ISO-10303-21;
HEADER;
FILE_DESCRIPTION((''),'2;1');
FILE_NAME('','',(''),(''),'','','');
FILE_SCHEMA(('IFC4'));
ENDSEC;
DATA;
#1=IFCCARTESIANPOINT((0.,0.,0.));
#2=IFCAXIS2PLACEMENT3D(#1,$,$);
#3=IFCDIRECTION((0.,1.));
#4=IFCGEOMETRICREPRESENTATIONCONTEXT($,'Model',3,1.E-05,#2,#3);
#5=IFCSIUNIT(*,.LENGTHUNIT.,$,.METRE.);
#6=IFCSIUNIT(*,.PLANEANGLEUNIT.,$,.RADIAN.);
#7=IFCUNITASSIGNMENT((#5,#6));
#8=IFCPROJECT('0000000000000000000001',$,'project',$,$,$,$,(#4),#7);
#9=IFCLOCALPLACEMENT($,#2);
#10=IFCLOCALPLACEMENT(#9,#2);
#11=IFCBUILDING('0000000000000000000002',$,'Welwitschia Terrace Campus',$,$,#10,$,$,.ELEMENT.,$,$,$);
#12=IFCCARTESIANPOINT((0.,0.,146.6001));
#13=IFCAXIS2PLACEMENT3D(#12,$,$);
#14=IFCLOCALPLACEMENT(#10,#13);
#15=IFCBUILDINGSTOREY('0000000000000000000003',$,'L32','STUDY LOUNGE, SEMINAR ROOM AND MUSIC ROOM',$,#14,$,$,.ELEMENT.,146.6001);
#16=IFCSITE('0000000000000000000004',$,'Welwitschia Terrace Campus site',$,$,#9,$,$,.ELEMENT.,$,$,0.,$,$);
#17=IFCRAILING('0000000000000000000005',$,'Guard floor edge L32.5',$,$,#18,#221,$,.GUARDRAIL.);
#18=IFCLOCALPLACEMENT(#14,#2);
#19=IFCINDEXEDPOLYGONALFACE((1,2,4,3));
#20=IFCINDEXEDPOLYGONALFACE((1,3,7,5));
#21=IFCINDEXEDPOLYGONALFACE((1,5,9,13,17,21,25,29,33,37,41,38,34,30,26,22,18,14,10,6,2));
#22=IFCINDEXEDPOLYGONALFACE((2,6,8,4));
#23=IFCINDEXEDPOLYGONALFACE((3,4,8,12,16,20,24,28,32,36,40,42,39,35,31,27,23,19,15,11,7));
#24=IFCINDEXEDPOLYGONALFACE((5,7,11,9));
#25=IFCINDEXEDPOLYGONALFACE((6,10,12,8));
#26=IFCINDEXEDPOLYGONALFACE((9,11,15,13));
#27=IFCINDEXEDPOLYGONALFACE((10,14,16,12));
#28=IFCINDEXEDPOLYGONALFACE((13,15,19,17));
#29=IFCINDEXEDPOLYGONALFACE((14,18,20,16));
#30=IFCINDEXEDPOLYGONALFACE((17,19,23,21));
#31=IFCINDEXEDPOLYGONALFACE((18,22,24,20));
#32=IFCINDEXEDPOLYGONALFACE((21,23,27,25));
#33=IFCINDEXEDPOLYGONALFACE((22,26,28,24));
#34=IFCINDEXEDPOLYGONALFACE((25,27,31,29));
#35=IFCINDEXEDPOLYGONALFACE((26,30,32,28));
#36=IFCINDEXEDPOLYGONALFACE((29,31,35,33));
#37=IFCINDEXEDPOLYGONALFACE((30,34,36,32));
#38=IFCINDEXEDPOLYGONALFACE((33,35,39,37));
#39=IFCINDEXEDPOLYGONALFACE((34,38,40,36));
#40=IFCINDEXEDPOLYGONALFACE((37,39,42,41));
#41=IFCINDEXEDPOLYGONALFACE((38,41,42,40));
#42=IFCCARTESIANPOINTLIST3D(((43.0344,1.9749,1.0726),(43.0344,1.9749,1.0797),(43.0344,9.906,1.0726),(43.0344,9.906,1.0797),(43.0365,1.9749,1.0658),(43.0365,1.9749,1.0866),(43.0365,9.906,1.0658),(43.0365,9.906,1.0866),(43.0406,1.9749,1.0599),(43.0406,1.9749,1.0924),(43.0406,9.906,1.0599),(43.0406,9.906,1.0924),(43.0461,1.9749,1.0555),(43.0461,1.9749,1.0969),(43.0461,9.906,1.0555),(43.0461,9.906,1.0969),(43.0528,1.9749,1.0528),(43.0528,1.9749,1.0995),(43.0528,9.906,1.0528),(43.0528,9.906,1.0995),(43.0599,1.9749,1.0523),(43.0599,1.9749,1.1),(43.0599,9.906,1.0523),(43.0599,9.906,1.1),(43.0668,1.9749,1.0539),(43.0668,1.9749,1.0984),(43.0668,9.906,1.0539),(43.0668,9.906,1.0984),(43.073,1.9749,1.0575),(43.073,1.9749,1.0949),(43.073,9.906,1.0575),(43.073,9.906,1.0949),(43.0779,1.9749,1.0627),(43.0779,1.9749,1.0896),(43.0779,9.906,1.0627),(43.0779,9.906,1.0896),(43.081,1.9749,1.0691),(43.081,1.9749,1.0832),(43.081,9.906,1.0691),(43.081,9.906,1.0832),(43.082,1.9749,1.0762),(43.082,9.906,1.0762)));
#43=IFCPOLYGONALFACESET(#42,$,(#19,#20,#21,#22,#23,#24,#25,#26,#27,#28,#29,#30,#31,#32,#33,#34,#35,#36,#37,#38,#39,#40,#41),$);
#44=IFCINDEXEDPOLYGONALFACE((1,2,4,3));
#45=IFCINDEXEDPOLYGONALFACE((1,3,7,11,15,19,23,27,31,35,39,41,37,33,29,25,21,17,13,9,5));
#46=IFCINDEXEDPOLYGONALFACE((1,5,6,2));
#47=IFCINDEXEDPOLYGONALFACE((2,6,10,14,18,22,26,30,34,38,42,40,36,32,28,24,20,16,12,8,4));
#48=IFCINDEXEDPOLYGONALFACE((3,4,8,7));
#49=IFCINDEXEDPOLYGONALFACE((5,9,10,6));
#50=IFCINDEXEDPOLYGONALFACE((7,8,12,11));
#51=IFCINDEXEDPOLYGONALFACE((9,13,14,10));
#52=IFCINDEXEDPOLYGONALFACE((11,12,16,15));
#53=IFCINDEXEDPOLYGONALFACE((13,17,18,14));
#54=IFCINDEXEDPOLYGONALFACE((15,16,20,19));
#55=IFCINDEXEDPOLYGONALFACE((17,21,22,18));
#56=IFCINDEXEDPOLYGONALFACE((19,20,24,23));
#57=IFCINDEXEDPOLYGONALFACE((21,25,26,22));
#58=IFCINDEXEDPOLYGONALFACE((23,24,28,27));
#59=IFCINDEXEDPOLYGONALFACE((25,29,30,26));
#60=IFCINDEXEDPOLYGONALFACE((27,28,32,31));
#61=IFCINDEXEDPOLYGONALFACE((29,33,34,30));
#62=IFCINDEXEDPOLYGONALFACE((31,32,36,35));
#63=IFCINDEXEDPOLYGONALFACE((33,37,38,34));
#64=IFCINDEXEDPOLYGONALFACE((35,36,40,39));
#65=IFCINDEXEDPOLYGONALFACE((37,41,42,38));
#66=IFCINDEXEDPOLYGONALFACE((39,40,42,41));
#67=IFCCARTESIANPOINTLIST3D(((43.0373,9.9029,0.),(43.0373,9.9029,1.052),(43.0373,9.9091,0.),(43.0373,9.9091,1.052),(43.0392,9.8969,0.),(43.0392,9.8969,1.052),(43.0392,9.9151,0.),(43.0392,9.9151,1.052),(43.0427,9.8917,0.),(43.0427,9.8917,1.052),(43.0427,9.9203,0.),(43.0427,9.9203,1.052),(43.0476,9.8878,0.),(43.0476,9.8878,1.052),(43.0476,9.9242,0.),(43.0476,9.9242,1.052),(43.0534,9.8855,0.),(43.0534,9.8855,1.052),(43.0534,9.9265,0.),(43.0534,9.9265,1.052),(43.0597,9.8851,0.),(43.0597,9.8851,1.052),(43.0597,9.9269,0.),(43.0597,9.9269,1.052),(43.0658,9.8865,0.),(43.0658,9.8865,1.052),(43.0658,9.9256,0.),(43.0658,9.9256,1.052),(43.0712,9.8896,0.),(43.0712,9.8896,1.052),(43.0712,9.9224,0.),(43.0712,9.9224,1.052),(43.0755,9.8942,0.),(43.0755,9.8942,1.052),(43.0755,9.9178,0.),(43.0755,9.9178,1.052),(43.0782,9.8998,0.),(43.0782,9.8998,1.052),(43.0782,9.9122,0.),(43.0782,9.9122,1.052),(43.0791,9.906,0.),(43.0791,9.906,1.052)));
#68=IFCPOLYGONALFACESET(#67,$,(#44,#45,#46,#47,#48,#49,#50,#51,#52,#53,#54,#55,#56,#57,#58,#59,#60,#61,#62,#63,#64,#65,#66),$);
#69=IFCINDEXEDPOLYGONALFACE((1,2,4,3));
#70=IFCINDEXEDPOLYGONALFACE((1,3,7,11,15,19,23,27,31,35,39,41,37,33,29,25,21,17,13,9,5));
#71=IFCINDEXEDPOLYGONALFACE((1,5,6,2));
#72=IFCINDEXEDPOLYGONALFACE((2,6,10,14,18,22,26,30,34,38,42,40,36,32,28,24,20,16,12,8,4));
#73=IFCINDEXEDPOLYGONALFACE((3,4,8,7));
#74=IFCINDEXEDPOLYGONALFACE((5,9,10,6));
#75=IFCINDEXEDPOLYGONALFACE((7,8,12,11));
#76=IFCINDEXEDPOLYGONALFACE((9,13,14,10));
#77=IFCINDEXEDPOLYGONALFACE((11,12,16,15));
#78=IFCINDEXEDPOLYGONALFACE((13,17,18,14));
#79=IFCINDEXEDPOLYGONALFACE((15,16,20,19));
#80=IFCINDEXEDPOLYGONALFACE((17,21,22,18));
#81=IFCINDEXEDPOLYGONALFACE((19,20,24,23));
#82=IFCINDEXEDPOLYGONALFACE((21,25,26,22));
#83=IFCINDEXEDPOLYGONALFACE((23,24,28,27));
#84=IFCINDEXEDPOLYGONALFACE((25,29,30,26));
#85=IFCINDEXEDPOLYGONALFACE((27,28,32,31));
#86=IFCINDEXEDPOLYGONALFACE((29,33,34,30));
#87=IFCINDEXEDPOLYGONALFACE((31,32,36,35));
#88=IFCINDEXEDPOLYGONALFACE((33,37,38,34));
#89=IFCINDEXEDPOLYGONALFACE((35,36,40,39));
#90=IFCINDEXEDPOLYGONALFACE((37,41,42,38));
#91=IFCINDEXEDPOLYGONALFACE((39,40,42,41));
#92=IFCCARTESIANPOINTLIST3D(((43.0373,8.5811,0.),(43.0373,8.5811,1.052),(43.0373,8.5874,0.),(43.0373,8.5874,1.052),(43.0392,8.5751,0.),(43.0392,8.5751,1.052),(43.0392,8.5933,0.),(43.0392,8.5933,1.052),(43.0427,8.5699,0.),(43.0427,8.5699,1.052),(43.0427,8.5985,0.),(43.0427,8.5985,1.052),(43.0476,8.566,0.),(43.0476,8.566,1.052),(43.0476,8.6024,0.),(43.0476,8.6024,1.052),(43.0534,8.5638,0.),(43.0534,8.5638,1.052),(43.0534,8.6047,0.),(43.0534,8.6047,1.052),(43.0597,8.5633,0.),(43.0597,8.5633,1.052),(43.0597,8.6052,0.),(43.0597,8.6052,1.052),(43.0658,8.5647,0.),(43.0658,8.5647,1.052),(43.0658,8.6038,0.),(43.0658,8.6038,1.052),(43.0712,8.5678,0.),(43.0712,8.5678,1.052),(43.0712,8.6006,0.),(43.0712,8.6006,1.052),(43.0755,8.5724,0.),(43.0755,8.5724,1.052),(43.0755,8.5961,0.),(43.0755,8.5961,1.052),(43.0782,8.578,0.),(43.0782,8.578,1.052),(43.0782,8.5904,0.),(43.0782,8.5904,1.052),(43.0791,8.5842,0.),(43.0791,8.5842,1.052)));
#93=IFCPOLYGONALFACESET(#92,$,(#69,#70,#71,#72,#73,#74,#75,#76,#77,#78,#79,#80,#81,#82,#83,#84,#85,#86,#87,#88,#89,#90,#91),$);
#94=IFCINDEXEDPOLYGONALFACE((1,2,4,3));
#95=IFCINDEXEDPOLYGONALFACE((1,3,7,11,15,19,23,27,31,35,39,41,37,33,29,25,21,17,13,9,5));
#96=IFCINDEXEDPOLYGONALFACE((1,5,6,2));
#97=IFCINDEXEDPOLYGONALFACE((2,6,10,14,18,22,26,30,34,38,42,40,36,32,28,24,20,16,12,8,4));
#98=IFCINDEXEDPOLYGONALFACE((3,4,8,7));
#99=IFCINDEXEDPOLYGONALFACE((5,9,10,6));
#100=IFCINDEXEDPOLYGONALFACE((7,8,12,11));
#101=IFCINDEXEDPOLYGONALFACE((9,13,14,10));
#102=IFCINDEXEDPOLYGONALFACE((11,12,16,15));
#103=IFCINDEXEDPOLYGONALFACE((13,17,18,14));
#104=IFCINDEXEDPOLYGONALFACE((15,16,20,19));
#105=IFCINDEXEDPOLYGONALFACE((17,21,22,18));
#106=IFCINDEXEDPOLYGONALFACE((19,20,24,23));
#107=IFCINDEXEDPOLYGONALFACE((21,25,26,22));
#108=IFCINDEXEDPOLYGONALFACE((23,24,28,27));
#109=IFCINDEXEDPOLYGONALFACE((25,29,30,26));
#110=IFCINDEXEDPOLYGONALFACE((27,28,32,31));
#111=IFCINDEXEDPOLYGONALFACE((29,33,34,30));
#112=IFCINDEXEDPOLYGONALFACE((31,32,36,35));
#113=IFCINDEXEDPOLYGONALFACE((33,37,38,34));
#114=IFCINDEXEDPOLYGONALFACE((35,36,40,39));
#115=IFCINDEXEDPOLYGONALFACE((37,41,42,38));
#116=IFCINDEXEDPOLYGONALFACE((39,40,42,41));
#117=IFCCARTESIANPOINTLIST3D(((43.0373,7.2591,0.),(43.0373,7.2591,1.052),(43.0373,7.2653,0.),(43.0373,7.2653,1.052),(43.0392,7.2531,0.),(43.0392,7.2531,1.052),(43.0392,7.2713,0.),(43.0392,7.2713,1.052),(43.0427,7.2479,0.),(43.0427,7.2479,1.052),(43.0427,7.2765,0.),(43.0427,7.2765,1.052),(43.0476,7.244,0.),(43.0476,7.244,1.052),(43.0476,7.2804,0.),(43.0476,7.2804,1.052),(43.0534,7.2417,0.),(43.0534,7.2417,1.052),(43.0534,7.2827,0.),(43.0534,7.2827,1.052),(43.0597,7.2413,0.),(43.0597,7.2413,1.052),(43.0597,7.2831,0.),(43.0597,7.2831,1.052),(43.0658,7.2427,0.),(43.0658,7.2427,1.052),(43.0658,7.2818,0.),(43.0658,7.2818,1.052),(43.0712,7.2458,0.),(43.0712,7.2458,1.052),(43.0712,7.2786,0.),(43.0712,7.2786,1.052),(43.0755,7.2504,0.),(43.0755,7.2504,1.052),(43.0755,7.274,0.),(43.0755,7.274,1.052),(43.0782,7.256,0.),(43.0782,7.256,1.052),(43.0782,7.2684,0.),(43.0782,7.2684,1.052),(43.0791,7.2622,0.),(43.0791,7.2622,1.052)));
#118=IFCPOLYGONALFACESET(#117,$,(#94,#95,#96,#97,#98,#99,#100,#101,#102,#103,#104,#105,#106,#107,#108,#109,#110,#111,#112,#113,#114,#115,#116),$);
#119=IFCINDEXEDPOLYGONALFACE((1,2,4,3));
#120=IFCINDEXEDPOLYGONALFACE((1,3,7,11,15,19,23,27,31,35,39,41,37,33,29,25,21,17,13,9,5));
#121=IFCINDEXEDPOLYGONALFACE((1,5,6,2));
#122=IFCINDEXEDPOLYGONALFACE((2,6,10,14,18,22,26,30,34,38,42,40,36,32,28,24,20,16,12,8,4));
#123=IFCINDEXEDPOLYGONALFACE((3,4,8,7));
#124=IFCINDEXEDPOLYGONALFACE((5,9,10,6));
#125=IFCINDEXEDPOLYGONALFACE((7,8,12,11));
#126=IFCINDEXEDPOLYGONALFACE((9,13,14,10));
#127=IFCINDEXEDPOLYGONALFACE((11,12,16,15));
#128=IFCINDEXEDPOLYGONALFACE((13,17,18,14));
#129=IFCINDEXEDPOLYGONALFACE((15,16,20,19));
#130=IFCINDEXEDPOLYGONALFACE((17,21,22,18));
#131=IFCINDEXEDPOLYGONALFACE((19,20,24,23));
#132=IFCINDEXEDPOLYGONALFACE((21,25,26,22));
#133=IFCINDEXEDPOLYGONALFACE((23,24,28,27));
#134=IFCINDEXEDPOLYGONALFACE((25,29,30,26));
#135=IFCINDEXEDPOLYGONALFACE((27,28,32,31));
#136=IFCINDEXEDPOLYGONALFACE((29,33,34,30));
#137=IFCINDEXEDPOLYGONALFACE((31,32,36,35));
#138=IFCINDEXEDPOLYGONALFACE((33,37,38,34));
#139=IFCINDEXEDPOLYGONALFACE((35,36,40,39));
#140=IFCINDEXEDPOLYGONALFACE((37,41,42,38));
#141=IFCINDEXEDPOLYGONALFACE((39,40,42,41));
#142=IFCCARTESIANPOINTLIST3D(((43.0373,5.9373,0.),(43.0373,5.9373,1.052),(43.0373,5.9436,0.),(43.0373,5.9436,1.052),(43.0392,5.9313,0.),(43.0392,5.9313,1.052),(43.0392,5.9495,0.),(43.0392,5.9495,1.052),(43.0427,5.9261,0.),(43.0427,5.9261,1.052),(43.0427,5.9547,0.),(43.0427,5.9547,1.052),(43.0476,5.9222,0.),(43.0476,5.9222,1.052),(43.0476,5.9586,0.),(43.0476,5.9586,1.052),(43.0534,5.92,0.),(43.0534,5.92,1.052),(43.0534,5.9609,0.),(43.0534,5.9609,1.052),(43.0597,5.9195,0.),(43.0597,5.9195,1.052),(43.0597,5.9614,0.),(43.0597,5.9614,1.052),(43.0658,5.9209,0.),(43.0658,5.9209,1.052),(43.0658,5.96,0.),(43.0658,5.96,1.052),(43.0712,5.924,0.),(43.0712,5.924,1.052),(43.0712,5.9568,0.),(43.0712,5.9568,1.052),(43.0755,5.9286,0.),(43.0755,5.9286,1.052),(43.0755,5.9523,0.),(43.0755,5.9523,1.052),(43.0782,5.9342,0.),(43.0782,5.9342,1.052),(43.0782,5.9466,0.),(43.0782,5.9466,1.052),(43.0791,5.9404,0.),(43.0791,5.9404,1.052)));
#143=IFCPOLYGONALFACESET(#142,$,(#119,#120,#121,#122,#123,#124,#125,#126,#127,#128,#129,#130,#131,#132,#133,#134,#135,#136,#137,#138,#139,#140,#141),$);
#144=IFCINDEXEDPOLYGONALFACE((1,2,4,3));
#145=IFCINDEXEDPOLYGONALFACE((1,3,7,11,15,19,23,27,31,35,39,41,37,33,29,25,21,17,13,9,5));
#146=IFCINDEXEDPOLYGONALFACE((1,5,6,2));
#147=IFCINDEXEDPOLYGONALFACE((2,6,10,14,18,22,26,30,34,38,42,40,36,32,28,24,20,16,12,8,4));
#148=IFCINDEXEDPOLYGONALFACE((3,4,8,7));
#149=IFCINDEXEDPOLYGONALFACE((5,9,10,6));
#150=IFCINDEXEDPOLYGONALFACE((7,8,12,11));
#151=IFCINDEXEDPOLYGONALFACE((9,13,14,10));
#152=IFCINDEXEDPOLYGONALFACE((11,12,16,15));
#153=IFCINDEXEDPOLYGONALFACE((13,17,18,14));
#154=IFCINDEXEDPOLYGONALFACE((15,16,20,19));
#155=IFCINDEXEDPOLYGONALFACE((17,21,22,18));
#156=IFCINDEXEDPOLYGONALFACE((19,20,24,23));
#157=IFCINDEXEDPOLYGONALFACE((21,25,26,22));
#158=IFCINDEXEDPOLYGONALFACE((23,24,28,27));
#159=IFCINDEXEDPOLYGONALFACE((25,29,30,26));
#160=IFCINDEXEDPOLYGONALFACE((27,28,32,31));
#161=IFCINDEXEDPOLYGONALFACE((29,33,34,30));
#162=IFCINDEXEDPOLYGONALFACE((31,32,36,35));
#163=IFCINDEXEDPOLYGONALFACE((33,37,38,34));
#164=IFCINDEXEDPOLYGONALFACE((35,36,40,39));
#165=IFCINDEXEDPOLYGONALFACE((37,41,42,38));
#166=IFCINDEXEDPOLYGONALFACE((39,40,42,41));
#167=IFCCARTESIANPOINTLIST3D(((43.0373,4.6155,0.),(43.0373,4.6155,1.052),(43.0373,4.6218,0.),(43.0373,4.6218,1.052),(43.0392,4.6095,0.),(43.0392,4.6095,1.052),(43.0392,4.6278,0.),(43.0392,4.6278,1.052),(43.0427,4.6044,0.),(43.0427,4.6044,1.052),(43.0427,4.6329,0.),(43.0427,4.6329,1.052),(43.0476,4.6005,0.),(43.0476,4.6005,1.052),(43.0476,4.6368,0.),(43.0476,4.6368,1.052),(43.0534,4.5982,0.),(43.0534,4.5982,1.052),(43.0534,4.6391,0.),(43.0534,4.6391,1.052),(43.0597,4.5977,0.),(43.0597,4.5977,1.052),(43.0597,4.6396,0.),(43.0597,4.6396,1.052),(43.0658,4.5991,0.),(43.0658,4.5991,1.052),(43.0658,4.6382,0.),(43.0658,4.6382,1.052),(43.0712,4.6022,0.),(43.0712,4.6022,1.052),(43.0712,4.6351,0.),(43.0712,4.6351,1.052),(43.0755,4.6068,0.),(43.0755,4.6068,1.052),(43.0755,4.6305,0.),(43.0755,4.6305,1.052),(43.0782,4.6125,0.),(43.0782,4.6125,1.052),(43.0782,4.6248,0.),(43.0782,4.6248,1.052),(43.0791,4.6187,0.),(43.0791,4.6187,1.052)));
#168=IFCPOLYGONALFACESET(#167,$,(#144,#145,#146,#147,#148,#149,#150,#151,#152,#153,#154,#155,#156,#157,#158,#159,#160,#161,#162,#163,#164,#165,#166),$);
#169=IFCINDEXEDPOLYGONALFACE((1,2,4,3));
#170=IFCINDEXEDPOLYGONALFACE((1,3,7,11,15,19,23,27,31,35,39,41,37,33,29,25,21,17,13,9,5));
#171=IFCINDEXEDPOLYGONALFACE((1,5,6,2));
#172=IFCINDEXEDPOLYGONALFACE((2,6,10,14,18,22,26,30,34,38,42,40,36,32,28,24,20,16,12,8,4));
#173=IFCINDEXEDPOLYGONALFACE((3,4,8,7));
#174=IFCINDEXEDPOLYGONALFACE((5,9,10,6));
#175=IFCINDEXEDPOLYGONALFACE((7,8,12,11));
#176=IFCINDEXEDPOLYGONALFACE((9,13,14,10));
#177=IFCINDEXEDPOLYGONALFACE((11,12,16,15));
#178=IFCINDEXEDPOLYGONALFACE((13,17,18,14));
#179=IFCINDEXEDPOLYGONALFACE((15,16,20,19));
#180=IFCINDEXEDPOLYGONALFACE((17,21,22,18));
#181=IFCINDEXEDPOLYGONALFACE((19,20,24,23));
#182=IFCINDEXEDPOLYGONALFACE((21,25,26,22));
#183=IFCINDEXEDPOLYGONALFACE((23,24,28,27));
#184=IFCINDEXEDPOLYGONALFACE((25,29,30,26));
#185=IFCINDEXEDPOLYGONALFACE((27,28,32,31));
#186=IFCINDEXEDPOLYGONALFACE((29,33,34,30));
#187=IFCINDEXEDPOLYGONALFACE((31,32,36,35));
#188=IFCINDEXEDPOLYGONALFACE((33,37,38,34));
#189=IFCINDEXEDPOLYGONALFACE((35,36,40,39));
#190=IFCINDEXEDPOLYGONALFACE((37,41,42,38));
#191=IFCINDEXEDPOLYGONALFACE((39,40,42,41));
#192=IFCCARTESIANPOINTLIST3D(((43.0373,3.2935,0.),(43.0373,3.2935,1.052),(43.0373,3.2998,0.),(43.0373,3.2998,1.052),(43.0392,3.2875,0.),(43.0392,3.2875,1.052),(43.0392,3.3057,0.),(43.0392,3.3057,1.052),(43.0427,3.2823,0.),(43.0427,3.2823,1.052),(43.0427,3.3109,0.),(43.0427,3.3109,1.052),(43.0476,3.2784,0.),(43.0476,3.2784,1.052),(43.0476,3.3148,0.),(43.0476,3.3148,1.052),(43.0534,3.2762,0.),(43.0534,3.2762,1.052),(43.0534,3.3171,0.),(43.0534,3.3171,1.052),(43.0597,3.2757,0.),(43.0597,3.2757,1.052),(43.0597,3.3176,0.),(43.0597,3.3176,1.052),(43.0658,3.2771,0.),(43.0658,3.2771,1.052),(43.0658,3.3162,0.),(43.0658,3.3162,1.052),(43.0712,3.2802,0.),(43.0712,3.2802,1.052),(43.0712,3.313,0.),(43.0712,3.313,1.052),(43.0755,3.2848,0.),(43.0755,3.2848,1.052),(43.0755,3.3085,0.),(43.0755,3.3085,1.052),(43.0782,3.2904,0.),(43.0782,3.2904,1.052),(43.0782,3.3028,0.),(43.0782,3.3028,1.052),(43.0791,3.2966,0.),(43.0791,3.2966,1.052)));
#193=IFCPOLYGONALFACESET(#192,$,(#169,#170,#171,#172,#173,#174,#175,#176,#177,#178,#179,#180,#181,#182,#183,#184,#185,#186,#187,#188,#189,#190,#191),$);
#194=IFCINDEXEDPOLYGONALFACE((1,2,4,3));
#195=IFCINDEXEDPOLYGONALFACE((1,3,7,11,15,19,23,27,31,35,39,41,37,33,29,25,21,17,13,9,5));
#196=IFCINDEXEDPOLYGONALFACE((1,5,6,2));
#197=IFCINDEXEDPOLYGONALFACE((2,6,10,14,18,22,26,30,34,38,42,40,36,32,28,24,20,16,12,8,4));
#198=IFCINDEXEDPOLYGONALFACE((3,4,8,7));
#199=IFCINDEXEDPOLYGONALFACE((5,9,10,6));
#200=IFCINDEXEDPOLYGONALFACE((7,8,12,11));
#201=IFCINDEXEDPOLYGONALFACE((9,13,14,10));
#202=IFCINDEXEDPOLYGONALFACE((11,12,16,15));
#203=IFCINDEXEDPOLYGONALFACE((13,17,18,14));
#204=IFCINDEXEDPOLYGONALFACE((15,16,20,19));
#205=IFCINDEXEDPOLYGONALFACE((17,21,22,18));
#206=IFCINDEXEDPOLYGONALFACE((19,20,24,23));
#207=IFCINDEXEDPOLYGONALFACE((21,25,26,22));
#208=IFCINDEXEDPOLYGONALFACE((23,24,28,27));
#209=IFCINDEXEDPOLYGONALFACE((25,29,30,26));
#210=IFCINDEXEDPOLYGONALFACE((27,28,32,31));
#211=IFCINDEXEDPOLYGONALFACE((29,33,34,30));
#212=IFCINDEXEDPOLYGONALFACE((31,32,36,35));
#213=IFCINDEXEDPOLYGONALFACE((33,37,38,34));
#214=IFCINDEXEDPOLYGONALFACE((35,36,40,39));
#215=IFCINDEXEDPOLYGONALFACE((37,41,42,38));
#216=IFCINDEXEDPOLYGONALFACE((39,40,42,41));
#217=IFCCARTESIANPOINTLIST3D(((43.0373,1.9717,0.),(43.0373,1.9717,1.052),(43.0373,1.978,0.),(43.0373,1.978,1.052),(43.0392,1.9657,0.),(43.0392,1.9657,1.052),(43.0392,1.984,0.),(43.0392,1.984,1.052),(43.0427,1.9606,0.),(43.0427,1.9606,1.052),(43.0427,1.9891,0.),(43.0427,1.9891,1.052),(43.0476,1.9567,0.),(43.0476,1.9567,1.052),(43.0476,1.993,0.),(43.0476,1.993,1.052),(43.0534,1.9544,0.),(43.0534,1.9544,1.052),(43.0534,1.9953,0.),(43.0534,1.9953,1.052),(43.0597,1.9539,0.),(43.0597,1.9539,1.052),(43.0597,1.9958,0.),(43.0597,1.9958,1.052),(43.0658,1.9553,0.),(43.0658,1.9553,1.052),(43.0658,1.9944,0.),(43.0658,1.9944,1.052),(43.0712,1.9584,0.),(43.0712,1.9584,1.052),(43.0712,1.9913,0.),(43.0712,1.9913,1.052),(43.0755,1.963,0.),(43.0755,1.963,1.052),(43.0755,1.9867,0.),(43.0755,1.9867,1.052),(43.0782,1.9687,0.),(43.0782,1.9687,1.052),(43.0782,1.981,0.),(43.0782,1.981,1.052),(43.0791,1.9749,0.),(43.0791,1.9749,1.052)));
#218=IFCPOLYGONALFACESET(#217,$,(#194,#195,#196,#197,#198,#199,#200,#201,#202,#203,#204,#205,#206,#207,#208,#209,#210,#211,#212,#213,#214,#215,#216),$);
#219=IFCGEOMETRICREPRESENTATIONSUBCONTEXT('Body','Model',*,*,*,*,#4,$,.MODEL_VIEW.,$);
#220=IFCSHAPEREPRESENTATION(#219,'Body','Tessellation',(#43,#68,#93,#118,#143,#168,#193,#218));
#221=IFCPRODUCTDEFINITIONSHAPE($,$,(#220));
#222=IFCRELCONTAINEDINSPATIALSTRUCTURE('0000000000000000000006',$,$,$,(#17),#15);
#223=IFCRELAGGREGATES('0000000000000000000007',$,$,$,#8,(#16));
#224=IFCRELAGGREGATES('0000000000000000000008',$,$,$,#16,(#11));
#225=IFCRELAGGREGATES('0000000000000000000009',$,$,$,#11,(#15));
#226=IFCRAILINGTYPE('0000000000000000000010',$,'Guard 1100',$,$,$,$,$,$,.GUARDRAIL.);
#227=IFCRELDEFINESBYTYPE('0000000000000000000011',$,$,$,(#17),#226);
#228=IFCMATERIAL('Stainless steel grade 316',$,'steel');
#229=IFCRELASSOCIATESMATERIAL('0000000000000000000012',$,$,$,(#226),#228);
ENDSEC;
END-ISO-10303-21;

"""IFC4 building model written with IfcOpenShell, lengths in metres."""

from ifc_helpers import new_model, si_unit, direction, frame, origin, origin_2d, place, context, subcontext, project, spatial, circle, extrude, material, type_object, element, save


model = new_model("IFC4")

# Units and contexts
model_context = context("Model", 3, precision=1e-05, world=origin(), true_north=direction((0.0, 1.0)))
body_context = subcontext(model_context, "Body", "Model", "MODEL_VIEW")
ifc_project = project(units=[si_unit("LENGTHUNIT", "METRE"), si_unit("PLANEANGLEUNIT", "RADIAN")], contexts=[model_context])

# Site, building, storey
site_placement = place(None, origin())
site = spatial("IfcSite", under=ifc_project, at=site_placement, Name="Welwitschia Terrace Campus site", CompositionType="ELEMENT", RefElevation=0.0)
building_placement = place(site_placement, origin())
building = spatial("IfcBuilding", under=site, at=building_placement, Name="Welwitschia Terrace Campus", CompositionType="ELEMENT")
storey_placement = place(building_placement, frame((0.0, 0.0, 146.6001)))
storey = spatial("IfcBuildingStorey", under=building, at=storey_placement, Name="L32", Description="STUDY LOUNGE, SEMINAR ROOM AND MUSIC ROOM", CompositionType="ELEMENT", Elevation=146.6001)

# Railing
ifc_material_1 = material(Name="Stainless steel grade 316", Category="steel")
railing_type = type_object("IfcRailingType", Name="Guard 1100", PredefinedType="GUARDRAIL", material=ifc_material_1)
railing_1_placement = place(storey_placement, frame((43.0581, 9.906, 0.0)))
element("IfcRailing", 1, at=railing_1_placement, inside=storey, type_object=railing_type, Name="Guard floor edge L32.5", PredefinedType="GUARDRAIL", context=body_context, shape_type="SweptSolid", body=[
    extrude(circle(Radius=0.0239, at=origin_2d()), frame((0.0, 0.0, 1.0762), z_axis=(0.0, -1.0, 0.0), x_axis=(1.0, 0.0, 0.0)), (0.0, 0.0, 1.0), 7.9312),
    extrude(circle(Radius=0.021, at=origin_2d()), origin(), (0.0, 0.0, 1.0), 1.052),
    extrude(circle(Radius=0.021, at=origin_2d()), frame((0.0, -1.3218, 0.0)), (0.0, 0.0, 1.0), 1.052),
    extrude(circle(Radius=0.021, at=origin_2d()), frame((0.0, -2.6438, 0.0)), (0.0, 0.0, 1.0), 1.052),
    extrude(circle(Radius=0.021, at=origin_2d()), frame((0.0, -3.9656, 0.0)), (0.0, 0.0, 1.0), 1.052),
    extrude(circle(Radius=0.021, at=origin_2d()), frame((0.0, -5.2874, 0.0)), (0.0, 0.0, 1.0), 1.052),
    extrude(circle(Radius=0.021, at=origin_2d()), frame((0.0, -6.6094, 0.0)), (0.0, 0.0, 1.0), 1.052),
    extrude(circle(Radius=0.021, at=origin_2d()), frame((0.0, -7.9312, 0.0)), (0.0, 0.0, 1.0), 1.052),
])

save(model, "model.ifc")
